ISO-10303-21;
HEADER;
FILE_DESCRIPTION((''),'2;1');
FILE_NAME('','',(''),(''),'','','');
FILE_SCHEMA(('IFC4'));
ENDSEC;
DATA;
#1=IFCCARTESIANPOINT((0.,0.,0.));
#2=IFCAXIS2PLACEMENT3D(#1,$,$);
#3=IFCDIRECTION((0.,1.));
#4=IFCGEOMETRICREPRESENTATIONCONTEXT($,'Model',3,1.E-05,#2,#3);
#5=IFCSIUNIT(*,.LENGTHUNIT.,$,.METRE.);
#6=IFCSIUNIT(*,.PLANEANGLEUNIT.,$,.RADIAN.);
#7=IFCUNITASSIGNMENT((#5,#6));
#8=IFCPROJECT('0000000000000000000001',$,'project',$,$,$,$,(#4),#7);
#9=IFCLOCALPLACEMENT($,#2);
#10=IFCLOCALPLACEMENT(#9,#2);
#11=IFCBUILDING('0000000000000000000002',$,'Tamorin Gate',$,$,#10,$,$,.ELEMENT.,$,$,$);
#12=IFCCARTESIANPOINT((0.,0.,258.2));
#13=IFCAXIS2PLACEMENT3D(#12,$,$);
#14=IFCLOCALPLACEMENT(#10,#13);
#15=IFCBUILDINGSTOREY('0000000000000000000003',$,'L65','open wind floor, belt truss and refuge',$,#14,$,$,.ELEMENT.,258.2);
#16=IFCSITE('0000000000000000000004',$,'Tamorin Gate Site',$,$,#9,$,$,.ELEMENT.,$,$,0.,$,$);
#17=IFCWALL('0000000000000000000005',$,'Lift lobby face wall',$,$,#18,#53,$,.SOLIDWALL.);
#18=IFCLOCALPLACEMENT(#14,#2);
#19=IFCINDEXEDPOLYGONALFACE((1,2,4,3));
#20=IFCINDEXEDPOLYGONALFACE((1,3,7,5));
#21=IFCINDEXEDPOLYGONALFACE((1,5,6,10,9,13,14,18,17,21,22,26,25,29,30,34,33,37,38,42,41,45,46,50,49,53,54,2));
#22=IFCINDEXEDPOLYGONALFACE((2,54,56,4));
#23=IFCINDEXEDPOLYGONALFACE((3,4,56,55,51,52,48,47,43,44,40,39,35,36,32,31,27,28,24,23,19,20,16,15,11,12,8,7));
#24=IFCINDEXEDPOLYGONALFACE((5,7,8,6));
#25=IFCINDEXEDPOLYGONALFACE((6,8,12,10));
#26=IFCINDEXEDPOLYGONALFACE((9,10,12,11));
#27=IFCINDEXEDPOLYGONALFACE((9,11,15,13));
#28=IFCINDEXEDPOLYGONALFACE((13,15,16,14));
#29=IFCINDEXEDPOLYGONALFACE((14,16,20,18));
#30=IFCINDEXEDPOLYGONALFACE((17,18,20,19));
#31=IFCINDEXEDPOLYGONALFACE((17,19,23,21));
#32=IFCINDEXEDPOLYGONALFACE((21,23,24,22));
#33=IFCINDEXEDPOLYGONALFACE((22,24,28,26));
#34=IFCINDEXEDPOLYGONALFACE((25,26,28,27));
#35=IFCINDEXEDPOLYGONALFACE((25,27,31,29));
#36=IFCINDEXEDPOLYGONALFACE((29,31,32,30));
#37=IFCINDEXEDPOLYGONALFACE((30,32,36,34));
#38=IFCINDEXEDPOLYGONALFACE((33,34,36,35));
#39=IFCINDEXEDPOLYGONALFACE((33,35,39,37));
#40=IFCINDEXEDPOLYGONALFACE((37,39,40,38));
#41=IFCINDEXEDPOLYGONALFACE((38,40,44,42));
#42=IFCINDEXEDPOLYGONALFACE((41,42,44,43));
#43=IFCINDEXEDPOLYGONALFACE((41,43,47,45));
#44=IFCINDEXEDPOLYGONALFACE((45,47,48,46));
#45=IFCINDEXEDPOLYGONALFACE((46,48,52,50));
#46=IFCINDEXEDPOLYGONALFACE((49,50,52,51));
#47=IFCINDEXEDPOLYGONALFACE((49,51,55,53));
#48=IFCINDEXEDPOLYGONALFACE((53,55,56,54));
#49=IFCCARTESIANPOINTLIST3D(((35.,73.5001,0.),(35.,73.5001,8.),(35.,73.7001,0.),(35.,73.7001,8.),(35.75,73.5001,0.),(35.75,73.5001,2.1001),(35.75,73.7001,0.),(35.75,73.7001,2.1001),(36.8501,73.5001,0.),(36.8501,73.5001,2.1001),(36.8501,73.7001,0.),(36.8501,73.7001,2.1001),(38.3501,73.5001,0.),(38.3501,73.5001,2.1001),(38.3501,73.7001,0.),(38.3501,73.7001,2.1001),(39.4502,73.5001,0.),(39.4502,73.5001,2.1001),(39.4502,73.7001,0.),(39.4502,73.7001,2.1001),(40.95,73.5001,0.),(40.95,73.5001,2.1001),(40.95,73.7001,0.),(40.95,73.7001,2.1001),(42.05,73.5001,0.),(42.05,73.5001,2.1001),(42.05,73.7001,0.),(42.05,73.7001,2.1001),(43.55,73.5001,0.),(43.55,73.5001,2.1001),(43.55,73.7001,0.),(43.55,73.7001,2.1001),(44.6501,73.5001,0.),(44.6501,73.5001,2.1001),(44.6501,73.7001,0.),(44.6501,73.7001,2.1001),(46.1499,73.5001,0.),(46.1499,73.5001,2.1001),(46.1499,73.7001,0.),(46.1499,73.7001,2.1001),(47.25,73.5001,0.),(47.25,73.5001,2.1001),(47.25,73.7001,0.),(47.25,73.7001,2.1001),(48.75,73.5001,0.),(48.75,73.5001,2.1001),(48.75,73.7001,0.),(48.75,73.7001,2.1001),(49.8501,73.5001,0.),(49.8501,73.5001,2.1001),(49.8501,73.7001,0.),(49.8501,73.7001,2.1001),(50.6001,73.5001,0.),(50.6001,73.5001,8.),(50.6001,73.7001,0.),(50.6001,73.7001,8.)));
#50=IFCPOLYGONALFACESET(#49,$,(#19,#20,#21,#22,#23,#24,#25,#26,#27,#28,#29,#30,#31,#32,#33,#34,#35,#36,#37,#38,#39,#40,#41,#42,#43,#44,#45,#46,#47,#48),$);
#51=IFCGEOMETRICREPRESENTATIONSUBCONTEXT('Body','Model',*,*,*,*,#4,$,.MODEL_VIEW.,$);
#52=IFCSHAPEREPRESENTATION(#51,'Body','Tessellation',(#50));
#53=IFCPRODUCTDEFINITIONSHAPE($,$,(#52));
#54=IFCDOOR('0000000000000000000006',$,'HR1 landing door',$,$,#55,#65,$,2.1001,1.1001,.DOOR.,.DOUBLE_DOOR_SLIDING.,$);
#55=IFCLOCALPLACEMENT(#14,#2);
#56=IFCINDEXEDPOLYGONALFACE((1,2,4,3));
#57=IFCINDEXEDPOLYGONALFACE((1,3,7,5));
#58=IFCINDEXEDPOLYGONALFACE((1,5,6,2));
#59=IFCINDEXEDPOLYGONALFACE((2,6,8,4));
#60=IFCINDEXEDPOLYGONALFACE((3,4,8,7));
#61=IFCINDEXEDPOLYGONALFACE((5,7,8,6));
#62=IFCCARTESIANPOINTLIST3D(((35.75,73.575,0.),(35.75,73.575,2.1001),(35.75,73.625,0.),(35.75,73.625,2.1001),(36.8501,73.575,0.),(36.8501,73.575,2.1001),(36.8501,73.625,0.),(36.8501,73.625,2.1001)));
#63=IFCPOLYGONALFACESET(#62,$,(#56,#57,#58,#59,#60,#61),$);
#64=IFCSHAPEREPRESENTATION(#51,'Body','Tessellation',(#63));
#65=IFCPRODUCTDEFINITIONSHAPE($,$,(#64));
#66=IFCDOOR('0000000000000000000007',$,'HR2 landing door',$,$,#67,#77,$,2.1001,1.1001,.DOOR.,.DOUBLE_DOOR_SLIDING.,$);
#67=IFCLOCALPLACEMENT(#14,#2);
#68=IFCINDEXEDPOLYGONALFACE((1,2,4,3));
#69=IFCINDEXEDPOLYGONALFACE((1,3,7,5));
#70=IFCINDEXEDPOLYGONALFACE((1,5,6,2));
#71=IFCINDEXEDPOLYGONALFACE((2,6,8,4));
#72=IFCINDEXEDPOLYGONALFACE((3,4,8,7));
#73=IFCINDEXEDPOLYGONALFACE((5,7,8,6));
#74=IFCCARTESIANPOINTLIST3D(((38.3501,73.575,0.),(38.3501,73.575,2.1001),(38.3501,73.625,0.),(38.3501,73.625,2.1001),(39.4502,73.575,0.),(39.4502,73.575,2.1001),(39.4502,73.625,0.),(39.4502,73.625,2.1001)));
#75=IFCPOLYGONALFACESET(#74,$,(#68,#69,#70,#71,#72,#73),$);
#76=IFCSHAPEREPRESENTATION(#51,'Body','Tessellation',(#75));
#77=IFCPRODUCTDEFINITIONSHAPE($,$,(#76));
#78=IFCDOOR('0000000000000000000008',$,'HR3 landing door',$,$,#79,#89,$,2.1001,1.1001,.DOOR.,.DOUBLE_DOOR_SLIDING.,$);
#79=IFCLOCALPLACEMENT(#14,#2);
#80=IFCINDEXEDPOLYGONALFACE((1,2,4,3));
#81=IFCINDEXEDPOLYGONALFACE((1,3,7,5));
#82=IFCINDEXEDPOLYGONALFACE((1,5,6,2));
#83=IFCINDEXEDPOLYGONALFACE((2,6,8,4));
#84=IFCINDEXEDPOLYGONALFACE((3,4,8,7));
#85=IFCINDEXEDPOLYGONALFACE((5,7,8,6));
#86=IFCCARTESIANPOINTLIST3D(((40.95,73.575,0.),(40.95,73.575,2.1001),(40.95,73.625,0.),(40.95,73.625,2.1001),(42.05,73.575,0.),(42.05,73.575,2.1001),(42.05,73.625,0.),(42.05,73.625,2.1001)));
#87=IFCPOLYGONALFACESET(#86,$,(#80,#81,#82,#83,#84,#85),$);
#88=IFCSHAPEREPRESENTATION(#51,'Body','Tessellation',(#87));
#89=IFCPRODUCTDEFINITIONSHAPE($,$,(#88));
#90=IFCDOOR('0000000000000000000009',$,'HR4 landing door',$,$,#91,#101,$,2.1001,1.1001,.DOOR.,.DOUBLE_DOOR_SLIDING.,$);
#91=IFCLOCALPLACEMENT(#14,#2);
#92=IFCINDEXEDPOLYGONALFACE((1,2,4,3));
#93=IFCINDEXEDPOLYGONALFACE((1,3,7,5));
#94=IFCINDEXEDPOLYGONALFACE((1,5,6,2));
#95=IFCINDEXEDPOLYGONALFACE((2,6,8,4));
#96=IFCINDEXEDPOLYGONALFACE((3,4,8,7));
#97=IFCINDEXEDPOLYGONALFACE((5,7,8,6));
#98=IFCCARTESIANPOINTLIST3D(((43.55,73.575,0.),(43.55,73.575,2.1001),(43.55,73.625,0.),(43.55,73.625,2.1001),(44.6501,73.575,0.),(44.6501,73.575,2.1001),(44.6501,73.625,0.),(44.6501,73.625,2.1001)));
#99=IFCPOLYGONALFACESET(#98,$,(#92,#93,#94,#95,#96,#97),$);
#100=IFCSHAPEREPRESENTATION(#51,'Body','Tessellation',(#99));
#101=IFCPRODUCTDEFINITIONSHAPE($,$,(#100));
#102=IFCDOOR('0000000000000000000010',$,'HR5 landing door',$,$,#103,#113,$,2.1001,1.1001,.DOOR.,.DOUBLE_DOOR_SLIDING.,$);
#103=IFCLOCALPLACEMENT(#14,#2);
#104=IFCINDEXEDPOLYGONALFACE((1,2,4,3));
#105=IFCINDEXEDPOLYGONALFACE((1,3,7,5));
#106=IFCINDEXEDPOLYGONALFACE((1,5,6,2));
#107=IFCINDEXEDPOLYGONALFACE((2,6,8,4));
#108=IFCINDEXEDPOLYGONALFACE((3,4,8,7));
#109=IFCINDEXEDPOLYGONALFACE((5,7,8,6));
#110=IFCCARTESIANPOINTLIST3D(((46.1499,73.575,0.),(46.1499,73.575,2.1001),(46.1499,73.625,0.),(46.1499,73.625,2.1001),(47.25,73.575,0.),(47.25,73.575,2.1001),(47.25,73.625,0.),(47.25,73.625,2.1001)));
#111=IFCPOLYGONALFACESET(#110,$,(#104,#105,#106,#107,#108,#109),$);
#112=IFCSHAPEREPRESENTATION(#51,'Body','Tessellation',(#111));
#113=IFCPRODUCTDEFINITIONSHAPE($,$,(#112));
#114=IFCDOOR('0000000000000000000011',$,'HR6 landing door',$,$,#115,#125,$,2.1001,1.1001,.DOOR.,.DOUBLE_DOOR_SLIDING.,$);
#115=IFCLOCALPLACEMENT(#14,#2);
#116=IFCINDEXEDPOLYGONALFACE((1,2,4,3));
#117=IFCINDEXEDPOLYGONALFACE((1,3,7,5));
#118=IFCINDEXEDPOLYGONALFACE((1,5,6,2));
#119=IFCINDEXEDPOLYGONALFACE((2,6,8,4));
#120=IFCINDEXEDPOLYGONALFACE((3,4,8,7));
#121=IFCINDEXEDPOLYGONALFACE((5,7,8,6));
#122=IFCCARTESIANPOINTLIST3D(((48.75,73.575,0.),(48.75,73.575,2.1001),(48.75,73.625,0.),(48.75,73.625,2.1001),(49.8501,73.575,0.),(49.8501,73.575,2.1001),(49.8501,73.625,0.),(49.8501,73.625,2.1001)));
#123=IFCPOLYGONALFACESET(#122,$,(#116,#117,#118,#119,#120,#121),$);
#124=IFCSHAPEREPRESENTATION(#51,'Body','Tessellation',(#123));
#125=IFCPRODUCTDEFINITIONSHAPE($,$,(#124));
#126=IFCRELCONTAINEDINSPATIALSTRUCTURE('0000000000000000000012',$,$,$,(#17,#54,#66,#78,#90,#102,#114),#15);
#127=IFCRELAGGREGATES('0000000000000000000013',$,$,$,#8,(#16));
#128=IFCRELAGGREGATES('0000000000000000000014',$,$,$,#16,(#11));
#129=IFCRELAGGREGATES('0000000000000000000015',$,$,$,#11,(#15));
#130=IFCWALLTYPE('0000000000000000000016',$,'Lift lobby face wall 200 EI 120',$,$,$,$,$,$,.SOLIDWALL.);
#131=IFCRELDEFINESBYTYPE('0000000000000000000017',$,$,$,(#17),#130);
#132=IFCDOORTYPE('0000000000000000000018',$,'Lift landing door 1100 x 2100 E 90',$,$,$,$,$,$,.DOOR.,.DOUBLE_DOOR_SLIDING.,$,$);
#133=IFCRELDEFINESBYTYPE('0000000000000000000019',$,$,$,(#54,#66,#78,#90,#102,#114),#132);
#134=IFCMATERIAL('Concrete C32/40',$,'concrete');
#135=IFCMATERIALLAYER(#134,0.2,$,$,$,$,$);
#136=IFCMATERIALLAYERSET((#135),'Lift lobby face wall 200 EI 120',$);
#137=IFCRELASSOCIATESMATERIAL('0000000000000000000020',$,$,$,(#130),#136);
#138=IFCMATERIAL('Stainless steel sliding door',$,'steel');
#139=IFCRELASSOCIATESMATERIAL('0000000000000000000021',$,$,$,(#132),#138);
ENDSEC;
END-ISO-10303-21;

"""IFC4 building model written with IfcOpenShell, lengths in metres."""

from ifc_helpers import new_model, si_unit, direction, frame, frame_2d, origin, place, context, subcontext, project, spatial, rectangle, extrude, material, layer, layer_set, type_object, element, fill, save


model = new_model("IFC4")

# Units and contexts
model_context = context("Model", 3, precision=1e-05, world=origin(), true_north=direction((0.0, 1.0)))
body_context = subcontext(model_context, "Body", "Model", "MODEL_VIEW")
ifc_project = project(units=[si_unit("LENGTHUNIT", "METRE"), si_unit("PLANEANGLEUNIT", "RADIAN")], contexts=[model_context])

# Site, building, storey
site_placement = place(None, origin())
site = spatial("IfcSite", under=ifc_project, at=site_placement, Name="Tamorin Gate Site", CompositionType="ELEMENT", RefElevation=0.0)
building_placement = place(site_placement, origin())
building = spatial("IfcBuilding", under=site, at=building_placement, Name="Tamorin Gate", CompositionType="ELEMENT")
storey_placement = place(building_placement, frame((0.0, 0.0, 258.2)))
storey = spatial("IfcBuildingStorey", under=building, at=storey_placement, Name="L65", Description="open wind floor, belt truss and refuge", CompositionType="ELEMENT", Elevation=258.2)

# Wall, openings, doors
ifc_material_1 = material(Name="Concrete C32/40", Category="concrete")
ifc_layer_1 = layer(ifc_material_1, 0.2)
ifc_layer_set_1 = layer_set([ifc_layer_1], Name="Lift lobby face wall 200 EI 120")
wall_type_1 = type_object("IfcWallType", Name="Lift lobby face wall 200 EI 120", PredefinedType="SOLIDWALL", material=ifc_layer_set_1)
wall_1_placement = place(storey_placement, frame((35.0, 73.6001, 0.0), z_axis=(0.0, 0.0, 1.0), x_axis=(1.0, 0.0, 0.0)))
wall_1 = element("IfcWall", 1, at=wall_1_placement, inside=storey, type_object=wall_type_1, Name="Lift lobby face wall", PredefinedType="SOLIDWALL", context=body_context, shape_type="SweptSolid", body=[
    extrude(rectangle(XDim=15.6001, YDim=0.2, at=frame_2d((7.8, 0.0))), origin(), (0.0, 0.0, 1.0), 8.0),
])
opening_1_placement = place(wall_1_placement, frame((0.75, 0.0, 0.0)))
opening_1 = element("IfcOpeningElement", 2, at=opening_1_placement, cuts=wall_1, PredefinedType="OPENING", context=body_context, shape_type="SweptSolid", body=[
    extrude(rectangle(XDim=1.1001, YDim=2.1001, at=frame_2d((0.55, 1.05))), frame((0.0, 0.1099, 0.0), z_axis=(0.0, -1.0, 0.0), x_axis=(1.0, 0.0, 0.0)), (0.0, 0.0, 1.0), 0.22),
])
opening_2_placement = place(wall_1_placement, frame((3.3501, 0.0, 0.0)))
opening_2 = element("IfcOpeningElement", 3, at=opening_2_placement, cuts=wall_1, PredefinedType="OPENING", context=body_context, shape_type="SweptSolid", body=[
    extrude(rectangle(XDim=1.1001, YDim=2.1001, at=frame_2d((0.55, 1.05))), frame((0.0, 0.1099, 0.0), z_axis=(0.0, -1.0, 0.0), x_axis=(1.0, 0.0, 0.0)), (0.0, 0.0, 1.0), 0.22),
])
opening_3_placement = place(wall_1_placement, frame((5.95, 0.0, 0.0)))
opening_3 = element("IfcOpeningElement", 4, at=opening_3_placement, cuts=wall_1, PredefinedType="OPENING", context=body_context, shape_type="SweptSolid", body=[
    extrude(rectangle(XDim=1.1001, YDim=2.1001, at=frame_2d((0.55, 1.05))), frame((0.0, 0.1099, 0.0), z_axis=(0.0, -1.0, 0.0), x_axis=(1.0, 0.0, 0.0)), (0.0, 0.0, 1.0), 0.22),
])
opening_4_placement = place(wall_1_placement, frame((8.55, 0.0, 0.0)))
opening_4 = element("IfcOpeningElement", 5, at=opening_4_placement, cuts=wall_1, PredefinedType="OPENING", context=body_context, shape_type="SweptSolid", body=[
    extrude(rectangle(XDim=1.1001, YDim=2.1001, at=frame_2d((0.55, 1.05))), frame((0.0, 0.1099, 0.0), z_axis=(0.0, -1.0, 0.0), x_axis=(1.0, 0.0, 0.0)), (0.0, 0.0, 1.0), 0.22),
])
opening_5_placement = place(wall_1_placement, frame((11.1499, 0.0, 0.0)))
opening_5 = element("IfcOpeningElement", 6, at=opening_5_placement, cuts=wall_1, PredefinedType="OPENING", context=body_context, shape_type="SweptSolid", body=[
    extrude(rectangle(XDim=1.1001, YDim=2.1001, at=frame_2d((0.55, 1.05))), frame((0.0, 0.1099, 0.0), z_axis=(0.0, -1.0, 0.0), x_axis=(1.0, 0.0, 0.0)), (0.0, 0.0, 1.0), 0.22),
])
opening_6_placement = place(wall_1_placement, frame((13.75, 0.0, 0.0)))
opening_6 = element("IfcOpeningElement", 7, at=opening_6_placement, cuts=wall_1, PredefinedType="OPENING", context=body_context, shape_type="SweptSolid", body=[
    extrude(rectangle(XDim=1.1001, YDim=2.1001, at=frame_2d((0.55, 1.05))), frame((0.0, 0.1099, 0.0), z_axis=(0.0, -1.0, 0.0), x_axis=(1.0, 0.0, 0.0)), (0.0, 0.0, 1.0), 0.22),
])
ifc_material_2 = material(Name="Stainless steel sliding door", Category="steel")
door_type_1 = type_object("IfcDoorType", Name="Lift landing door 1100 x 2100 E 90", OperationType="DOUBLE_DOOR_SLIDING", PredefinedType="DOOR", material=ifc_material_2)
door_1_placement = place(opening_1_placement, origin())
door_1 = element("IfcDoor", 8, at=door_1_placement, inside=storey, type_object=door_type_1, Name="HR1 landing door", OperationType="DOUBLE_DOOR_SLIDING", OverallHeight=2.1001, OverallWidth=1.1001, PredefinedType="DOOR", context=body_context, shape_type="SweptSolid", body=[
    extrude(rectangle(XDim=1.1001, YDim=2.1001, at=frame_2d((0.55, 1.05))), frame((0.0, 0.0249, 0.0), z_axis=(0.0, -1.0, 0.0), x_axis=(1.0, 0.0, 0.0)), (0.0, 0.0, 1.0), 0.05),
])
fill(opening_1, door_1)
door_2_placement = place(opening_2_placement, origin())
door_2 = element("IfcDoor", 9, at=door_2_placement, inside=storey, type_object=door_type_1, Name="HR2 landing door", OperationType="DOUBLE_DOOR_SLIDING", OverallHeight=2.1001, OverallWidth=1.1001, PredefinedType="DOOR", context=body_context, shape_type="SweptSolid", body=[
    extrude(rectangle(XDim=1.1001, YDim=2.1001, at=frame_2d((0.55, 1.05))), frame((0.0, 0.0249, 0.0), z_axis=(0.0, -1.0, 0.0), x_axis=(1.0, 0.0, 0.0)), (0.0, 0.0, 1.0), 0.05),
])
fill(opening_2, door_2)
door_3_placement = place(opening_3_placement, origin())
door_3 = element("IfcDoor", 10, at=door_3_placement, inside=storey, type_object=door_type_1, Name="HR3 landing door", OperationType="DOUBLE_DOOR_SLIDING", OverallHeight=2.1001, OverallWidth=1.1001, PredefinedType="DOOR", context=body_context, shape_type="SweptSolid", body=[
    extrude(rectangle(XDim=1.1001, YDim=2.1001, at=frame_2d((0.55, 1.05))), frame((0.0, 0.0249, 0.0), z_axis=(0.0, -1.0, 0.0), x_axis=(1.0, 0.0, 0.0)), (0.0, 0.0, 1.0), 0.05),
])
fill(opening_3, door_3)
door_4_placement = place(opening_4_placement, origin())
door_4 = element("IfcDoor", 11, at=door_4_placement, inside=storey, type_object=door_type_1, Name="HR4 landing door", OperationType="DOUBLE_DOOR_SLIDING", OverallHeight=2.1001, OverallWidth=1.1001, PredefinedType="DOOR", context=body_context, shape_type="SweptSolid", body=[
    extrude(rectangle(XDim=1.1001, YDim=2.1001, at=frame_2d((0.55, 1.05))), frame((0.0, 0.0249, 0.0), z_axis=(0.0, -1.0, 0.0), x_axis=(1.0, 0.0, 0.0)), (0.0, 0.0, 1.0), 0.05),
])
fill(opening_4, door_4)
door_5_placement = place(opening_5_placement, origin())
door_5 = element("IfcDoor", 12, at=door_5_placement, inside=storey, type_object=door_type_1, Name="HR5 landing door", OperationType="DOUBLE_DOOR_SLIDING", OverallHeight=2.1001, OverallWidth=1.1001, PredefinedType="DOOR", context=body_context, shape_type="SweptSolid", body=[
    extrude(rectangle(XDim=1.1001, YDim=2.1001, at=frame_2d((0.55, 1.05))), frame((0.0, 0.0249, 0.0), z_axis=(0.0, -1.0, 0.0), x_axis=(1.0, 0.0, 0.0)), (0.0, 0.0, 1.0), 0.05),
])
fill(opening_5, door_5)
door_6_placement = place(opening_6_placement, origin())
door_6 = element("IfcDoor", 13, at=door_6_placement, inside=storey, type_object=door_type_1, Name="HR6 landing door", OperationType="DOUBLE_DOOR_SLIDING", OverallHeight=2.1001, OverallWidth=1.1001, PredefinedType="DOOR", context=body_context, shape_type="SweptSolid", body=[
    extrude(rectangle(XDim=1.1001, YDim=2.1001, at=frame_2d((0.55, 1.05))), frame((0.0, 0.0249, 0.0), z_axis=(0.0, -1.0, 0.0), x_axis=(1.0, 0.0, 0.0)), (0.0, 0.0, 1.0), 0.05),
])
fill(opening_6, door_6)

save(model, "model.ifc")
